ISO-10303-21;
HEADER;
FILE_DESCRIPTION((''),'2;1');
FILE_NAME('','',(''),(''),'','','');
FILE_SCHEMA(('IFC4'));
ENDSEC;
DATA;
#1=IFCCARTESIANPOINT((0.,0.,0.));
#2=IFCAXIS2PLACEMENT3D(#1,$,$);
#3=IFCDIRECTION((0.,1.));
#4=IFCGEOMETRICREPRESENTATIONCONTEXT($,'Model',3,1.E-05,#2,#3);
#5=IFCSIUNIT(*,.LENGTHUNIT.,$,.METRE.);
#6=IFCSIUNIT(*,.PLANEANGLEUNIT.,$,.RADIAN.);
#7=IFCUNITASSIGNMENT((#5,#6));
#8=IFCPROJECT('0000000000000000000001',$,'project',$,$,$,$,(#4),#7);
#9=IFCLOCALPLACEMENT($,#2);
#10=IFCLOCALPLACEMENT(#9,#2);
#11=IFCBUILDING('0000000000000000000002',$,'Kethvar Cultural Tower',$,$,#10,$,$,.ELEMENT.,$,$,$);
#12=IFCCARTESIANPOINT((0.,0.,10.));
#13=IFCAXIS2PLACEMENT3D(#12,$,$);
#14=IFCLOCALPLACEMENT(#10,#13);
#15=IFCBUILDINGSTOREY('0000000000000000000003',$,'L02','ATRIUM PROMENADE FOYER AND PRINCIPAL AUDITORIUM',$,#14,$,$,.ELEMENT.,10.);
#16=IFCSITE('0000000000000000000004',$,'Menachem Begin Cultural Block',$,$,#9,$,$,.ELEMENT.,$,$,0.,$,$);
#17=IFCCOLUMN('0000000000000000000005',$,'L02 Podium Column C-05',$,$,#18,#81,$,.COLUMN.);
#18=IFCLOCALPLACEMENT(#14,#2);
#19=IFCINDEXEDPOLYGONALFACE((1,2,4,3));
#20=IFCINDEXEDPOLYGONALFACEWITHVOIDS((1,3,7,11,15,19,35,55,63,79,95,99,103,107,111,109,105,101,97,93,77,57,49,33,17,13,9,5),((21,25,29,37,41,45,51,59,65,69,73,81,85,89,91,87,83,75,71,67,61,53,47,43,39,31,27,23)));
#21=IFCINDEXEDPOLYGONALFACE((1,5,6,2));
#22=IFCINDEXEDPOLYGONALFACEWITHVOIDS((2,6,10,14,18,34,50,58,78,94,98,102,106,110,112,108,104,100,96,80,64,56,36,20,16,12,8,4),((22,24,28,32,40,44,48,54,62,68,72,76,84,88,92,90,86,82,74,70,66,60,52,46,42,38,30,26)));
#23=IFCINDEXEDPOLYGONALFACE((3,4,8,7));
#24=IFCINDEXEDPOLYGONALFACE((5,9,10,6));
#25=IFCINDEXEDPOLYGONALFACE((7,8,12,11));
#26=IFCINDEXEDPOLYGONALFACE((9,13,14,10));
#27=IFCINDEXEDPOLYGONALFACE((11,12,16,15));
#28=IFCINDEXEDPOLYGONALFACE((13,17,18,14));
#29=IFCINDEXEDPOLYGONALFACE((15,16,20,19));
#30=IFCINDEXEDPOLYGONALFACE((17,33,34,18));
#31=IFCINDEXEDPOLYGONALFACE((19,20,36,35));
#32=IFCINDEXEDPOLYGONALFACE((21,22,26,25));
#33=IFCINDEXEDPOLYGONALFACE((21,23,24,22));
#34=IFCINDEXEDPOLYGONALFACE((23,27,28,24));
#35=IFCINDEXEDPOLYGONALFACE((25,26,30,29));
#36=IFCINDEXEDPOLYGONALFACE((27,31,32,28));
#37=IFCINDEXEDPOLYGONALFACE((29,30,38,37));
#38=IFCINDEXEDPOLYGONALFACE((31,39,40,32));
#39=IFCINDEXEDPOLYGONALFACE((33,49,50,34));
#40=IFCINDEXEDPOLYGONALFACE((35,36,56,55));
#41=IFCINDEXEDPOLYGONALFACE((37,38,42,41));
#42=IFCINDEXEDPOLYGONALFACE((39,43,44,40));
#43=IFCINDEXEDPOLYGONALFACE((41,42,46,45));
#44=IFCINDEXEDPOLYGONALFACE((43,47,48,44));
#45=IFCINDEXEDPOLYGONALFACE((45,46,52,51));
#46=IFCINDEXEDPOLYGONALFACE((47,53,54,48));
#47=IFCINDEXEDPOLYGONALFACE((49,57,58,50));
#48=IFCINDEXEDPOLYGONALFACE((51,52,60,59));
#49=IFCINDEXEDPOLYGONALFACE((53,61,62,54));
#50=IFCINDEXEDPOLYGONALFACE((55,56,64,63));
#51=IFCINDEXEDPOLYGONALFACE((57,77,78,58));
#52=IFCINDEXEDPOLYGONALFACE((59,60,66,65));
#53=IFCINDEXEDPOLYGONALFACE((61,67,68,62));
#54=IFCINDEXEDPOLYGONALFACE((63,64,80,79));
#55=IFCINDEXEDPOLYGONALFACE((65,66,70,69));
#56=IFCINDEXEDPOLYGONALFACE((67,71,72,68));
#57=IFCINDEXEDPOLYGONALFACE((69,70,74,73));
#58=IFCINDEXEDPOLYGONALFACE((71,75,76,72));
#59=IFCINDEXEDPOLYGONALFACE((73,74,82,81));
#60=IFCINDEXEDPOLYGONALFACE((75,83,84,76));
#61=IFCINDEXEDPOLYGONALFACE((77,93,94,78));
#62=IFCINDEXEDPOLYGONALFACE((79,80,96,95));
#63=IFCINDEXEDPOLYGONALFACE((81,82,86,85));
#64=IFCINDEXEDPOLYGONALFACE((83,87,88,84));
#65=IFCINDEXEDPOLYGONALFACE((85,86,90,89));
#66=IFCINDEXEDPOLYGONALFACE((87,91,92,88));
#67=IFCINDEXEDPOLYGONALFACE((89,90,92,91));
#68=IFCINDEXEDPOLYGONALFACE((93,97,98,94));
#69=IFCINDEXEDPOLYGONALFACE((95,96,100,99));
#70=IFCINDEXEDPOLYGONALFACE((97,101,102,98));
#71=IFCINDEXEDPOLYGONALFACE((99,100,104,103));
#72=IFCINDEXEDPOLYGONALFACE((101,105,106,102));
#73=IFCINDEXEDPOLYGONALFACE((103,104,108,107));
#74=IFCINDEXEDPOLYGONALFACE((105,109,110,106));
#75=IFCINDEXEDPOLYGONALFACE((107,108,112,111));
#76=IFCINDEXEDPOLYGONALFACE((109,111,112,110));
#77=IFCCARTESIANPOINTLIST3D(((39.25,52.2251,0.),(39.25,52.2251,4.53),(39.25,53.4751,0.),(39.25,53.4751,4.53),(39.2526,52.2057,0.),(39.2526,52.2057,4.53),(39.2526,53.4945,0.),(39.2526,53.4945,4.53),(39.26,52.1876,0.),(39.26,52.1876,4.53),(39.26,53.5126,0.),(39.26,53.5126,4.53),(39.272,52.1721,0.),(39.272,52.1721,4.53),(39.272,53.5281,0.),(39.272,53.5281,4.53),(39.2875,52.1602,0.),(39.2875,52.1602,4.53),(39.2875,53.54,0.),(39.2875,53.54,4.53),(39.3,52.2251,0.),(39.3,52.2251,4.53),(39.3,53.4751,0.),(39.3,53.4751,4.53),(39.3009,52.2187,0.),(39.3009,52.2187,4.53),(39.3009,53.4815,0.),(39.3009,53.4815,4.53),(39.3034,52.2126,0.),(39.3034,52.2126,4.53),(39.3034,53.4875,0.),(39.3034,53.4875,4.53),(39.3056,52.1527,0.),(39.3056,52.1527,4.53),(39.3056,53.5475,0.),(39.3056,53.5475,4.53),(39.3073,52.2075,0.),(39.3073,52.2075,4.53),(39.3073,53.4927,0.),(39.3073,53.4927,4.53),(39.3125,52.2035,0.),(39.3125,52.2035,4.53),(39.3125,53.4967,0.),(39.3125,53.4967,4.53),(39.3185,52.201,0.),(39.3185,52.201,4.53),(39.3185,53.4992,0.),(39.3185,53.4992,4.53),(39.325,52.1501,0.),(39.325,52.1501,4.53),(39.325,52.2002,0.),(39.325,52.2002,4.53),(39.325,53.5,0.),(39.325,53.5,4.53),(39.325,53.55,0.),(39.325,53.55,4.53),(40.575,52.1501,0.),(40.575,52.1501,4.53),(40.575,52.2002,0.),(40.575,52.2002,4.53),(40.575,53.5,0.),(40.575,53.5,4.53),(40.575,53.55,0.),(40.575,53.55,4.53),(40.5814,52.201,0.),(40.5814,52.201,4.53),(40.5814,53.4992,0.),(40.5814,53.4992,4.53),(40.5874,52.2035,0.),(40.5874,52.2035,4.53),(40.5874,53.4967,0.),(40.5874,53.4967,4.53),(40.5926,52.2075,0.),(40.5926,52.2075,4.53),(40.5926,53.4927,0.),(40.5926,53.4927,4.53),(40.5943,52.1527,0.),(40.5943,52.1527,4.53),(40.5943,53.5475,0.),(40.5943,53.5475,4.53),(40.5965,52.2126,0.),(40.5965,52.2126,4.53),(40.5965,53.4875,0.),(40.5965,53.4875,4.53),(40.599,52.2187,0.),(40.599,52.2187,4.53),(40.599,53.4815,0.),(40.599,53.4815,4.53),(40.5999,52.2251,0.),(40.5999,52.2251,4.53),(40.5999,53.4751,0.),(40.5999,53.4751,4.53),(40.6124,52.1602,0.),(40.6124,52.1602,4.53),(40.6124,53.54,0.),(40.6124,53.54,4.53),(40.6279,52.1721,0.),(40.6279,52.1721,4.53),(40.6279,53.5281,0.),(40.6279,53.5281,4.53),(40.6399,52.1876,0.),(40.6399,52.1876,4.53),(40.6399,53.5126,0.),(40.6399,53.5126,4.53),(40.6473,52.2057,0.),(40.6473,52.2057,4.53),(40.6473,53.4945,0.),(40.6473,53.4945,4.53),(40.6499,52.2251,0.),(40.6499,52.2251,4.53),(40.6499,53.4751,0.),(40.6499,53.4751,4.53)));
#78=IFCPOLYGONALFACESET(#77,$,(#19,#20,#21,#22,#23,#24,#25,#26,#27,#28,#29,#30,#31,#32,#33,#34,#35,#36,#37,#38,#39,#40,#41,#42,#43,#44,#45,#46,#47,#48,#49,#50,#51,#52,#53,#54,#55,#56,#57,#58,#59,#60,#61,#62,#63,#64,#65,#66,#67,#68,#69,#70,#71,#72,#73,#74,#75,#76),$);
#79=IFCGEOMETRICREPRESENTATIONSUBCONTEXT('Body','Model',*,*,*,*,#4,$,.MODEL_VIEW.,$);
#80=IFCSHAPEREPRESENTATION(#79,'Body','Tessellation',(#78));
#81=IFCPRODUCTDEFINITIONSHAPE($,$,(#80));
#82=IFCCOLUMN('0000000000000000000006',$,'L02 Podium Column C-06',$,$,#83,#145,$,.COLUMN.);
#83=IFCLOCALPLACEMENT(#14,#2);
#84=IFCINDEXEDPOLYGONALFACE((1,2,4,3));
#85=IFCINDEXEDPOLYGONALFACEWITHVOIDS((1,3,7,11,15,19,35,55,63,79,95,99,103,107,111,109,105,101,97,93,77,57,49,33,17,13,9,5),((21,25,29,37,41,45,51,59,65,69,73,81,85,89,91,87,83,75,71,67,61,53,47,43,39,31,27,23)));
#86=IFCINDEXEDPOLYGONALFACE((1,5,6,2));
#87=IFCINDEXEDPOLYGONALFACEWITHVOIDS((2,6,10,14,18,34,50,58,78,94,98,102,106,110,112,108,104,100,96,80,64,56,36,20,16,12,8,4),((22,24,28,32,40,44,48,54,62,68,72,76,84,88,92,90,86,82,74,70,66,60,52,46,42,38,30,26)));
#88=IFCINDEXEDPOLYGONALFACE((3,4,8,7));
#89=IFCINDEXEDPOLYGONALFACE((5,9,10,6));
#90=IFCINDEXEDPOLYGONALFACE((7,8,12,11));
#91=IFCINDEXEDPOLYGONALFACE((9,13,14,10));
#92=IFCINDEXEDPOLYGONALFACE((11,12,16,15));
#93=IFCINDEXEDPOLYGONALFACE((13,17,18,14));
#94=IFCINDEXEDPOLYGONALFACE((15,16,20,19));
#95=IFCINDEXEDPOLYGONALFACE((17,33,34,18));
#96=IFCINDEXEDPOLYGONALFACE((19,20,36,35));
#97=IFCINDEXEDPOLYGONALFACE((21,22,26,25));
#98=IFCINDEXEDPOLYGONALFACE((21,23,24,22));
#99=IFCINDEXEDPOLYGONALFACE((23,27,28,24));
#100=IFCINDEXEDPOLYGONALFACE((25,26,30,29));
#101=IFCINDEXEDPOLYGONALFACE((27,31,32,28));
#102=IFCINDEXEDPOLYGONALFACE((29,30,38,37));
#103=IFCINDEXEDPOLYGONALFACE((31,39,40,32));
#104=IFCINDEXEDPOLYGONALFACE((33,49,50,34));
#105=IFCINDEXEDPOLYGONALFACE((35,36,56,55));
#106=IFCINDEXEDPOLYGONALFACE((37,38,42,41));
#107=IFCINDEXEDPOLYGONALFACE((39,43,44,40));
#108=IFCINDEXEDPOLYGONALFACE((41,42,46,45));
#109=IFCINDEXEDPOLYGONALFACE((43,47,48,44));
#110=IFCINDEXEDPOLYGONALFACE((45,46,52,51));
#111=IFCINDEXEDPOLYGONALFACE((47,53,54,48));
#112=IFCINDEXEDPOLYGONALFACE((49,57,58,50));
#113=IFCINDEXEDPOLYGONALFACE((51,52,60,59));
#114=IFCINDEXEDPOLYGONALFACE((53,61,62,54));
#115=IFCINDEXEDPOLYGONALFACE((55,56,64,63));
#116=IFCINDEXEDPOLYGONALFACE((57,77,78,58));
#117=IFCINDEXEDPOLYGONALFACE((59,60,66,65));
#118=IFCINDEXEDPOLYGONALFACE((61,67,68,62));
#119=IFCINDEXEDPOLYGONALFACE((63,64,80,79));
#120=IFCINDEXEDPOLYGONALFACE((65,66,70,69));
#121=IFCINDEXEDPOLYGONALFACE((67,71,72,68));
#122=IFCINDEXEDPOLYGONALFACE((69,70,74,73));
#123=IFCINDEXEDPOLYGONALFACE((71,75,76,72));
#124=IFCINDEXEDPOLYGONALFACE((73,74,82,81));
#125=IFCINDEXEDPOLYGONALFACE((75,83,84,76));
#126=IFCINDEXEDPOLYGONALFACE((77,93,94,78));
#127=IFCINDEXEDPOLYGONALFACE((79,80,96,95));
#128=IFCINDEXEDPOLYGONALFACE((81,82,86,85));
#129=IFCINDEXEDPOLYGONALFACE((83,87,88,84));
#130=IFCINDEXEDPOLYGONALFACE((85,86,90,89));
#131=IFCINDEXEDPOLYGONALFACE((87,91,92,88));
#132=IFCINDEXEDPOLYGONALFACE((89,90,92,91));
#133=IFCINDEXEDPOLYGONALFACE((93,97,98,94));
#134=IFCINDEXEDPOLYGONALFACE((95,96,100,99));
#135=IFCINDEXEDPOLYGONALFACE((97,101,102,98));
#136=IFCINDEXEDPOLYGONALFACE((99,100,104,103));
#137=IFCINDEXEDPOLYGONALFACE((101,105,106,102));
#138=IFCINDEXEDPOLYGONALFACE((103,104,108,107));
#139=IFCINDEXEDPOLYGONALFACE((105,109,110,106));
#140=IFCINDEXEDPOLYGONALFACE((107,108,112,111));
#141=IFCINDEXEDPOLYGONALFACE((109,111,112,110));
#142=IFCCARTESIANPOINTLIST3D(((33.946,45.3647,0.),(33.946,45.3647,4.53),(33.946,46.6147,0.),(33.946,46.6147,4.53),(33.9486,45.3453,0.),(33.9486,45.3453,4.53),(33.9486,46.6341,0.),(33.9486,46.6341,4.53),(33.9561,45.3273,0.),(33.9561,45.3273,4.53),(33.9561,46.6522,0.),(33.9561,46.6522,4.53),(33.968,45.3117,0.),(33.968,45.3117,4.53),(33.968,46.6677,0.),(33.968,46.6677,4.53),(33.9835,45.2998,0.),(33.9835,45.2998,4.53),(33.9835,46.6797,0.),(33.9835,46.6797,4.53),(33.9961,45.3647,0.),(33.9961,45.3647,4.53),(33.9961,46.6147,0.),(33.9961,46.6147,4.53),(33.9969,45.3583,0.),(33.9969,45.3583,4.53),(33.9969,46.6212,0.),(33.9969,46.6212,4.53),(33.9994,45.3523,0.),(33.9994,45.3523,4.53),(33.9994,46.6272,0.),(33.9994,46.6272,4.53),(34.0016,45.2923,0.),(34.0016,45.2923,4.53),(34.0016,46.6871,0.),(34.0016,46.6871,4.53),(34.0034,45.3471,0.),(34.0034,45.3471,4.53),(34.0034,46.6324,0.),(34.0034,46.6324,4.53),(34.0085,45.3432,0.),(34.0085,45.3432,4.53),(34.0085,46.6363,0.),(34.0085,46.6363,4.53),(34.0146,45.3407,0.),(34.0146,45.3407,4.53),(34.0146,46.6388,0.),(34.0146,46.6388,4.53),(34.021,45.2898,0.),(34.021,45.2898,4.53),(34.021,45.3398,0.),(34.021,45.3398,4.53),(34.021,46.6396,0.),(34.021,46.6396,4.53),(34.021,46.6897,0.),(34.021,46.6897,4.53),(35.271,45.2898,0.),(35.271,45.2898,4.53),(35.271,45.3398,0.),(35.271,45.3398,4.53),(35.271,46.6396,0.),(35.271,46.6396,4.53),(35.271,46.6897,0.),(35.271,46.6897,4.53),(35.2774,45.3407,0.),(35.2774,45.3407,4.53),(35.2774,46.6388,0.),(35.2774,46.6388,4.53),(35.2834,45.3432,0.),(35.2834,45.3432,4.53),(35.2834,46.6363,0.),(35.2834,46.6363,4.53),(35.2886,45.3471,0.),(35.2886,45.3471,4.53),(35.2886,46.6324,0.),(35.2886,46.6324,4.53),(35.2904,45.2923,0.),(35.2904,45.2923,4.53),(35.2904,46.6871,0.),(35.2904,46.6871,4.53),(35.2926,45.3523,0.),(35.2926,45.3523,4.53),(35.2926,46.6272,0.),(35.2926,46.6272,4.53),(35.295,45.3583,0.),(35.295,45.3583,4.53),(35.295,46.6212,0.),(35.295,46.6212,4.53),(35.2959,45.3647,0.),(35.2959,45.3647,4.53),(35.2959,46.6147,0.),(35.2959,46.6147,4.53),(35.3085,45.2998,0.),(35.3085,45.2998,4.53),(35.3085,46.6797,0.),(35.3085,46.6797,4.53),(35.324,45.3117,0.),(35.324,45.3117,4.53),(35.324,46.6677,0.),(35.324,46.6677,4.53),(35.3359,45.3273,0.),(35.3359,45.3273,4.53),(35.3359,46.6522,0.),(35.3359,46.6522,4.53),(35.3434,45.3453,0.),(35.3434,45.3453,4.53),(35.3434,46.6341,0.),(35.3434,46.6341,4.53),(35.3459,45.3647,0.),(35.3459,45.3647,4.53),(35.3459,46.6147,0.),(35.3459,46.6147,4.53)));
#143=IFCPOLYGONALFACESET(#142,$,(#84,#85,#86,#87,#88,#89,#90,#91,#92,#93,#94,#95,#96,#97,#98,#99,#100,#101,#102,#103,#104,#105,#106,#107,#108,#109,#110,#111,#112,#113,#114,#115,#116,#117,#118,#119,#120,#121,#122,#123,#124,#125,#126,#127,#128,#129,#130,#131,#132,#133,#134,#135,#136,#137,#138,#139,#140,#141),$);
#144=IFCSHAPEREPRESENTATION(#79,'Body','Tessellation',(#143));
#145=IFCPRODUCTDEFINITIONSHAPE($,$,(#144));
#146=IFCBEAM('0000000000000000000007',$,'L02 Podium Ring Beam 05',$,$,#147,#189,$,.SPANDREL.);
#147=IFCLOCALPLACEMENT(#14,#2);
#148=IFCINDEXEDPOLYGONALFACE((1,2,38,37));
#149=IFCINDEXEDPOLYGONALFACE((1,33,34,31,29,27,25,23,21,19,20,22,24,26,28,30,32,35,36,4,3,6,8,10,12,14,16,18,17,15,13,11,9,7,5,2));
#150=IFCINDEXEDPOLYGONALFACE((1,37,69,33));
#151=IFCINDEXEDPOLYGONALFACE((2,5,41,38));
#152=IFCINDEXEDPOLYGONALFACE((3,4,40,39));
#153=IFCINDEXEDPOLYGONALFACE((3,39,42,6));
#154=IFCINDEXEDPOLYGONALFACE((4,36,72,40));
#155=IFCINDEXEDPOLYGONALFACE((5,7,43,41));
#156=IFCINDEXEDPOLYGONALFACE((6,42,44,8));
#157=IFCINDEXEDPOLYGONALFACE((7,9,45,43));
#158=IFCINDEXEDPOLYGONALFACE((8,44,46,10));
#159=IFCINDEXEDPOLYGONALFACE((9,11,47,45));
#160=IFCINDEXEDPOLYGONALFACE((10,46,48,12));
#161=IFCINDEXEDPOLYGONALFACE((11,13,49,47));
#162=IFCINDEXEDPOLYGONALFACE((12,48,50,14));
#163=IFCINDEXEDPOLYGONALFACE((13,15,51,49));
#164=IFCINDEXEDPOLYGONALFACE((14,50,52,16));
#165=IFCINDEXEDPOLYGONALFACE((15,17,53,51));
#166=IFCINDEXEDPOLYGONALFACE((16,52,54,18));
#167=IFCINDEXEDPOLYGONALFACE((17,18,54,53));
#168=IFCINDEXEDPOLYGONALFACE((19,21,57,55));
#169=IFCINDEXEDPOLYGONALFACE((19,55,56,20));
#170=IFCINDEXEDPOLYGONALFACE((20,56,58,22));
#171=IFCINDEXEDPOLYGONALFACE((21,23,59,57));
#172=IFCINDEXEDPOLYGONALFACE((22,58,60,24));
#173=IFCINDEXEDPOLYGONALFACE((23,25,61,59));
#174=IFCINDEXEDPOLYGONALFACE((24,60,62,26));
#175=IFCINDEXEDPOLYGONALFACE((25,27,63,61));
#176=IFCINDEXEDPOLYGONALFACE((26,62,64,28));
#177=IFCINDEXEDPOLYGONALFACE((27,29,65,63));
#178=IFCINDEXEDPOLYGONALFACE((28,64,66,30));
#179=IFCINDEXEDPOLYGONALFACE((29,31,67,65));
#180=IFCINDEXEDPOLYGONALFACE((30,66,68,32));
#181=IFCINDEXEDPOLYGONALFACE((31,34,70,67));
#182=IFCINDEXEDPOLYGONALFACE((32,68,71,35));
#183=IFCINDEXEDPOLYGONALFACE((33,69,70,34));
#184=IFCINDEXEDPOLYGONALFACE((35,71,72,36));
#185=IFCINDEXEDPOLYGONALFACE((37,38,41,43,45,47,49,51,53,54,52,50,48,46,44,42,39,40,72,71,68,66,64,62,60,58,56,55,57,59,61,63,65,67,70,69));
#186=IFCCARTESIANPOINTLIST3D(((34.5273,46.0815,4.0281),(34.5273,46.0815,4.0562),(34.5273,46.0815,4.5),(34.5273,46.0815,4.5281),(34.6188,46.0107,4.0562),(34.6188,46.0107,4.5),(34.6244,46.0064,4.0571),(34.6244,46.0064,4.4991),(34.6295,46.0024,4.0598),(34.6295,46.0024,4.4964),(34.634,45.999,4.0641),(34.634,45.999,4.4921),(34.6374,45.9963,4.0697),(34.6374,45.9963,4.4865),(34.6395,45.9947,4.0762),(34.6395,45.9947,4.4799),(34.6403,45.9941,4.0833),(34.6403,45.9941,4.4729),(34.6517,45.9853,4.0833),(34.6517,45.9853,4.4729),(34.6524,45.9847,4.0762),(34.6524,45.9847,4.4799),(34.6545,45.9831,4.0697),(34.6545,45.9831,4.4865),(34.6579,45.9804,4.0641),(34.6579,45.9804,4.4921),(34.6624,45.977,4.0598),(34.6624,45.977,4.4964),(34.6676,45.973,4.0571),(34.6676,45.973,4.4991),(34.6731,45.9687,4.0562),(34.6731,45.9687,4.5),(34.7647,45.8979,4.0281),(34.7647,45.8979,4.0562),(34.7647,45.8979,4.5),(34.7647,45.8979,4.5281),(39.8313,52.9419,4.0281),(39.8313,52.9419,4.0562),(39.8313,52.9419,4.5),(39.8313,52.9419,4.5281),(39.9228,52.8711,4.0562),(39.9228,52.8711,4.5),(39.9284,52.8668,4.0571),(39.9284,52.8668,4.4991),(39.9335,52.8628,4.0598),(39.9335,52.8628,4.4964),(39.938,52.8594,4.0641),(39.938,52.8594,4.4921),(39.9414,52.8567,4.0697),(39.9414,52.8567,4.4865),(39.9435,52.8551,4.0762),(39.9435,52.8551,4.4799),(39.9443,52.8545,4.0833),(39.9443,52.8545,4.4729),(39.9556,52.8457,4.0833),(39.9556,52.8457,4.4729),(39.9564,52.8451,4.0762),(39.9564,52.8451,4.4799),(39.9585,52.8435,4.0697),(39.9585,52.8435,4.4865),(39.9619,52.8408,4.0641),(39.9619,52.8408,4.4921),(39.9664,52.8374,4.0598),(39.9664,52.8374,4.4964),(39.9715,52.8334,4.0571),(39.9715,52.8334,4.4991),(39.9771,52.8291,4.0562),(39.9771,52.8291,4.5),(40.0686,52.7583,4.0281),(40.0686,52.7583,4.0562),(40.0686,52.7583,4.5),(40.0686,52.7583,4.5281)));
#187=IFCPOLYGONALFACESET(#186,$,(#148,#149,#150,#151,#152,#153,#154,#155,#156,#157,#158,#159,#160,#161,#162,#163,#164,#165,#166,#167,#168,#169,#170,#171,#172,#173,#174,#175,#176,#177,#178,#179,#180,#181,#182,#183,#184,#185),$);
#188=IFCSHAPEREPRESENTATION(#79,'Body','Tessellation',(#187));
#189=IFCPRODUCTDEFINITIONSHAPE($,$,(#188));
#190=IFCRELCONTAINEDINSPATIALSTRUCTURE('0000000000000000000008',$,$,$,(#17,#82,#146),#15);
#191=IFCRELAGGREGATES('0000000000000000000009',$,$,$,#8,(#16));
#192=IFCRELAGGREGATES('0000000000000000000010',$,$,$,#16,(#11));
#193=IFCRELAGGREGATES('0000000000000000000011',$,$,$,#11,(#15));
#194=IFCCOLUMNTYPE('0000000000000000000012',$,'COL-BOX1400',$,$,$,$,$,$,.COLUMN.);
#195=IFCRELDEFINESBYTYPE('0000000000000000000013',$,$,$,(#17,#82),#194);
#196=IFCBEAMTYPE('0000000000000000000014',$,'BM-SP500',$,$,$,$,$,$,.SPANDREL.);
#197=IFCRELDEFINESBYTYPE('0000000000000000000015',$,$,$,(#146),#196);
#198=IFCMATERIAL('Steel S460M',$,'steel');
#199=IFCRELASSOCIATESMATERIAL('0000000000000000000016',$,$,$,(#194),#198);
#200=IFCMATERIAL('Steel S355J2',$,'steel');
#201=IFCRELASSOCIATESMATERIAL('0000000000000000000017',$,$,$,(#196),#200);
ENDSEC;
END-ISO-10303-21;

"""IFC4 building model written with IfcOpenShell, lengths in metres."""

from ifc_helpers import new_model, si_unit, direction, frame, origin, origin_2d, place, context, subcontext, project, spatial, hollow_rectangle, i_section, extrude, source, transform, mapped, material, material_profile, profile_set, type_object, element, save


model = new_model("IFC4")

# Units and contexts
model_context = context("Model", 3, precision=1e-05, world=origin(), true_north=direction((0.0, 1.0)))
body_context = subcontext(model_context, "Body", "Model", "MODEL_VIEW")
ifc_project = project(units=[si_unit("LENGTHUNIT", "METRE"), si_unit("PLANEANGLEUNIT", "RADIAN")], contexts=[model_context])

# Site, building, storey
site_placement = place(None, origin())
site = spatial("IfcSite", under=ifc_project, at=site_placement, Name="Menachem Begin Cultural Block", CompositionType="ELEMENT", RefElevation=0.0)
building_placement = place(site_placement, origin())
building = spatial("IfcBuilding", under=site, at=building_placement, Name="Kethvar Cultural Tower", CompositionType="ELEMENT")
storey_placement = place(building_placement, frame((0.0, 0.0, 10.0)))
storey = spatial("IfcBuildingStorey", under=building, at=storey_placement, Name="L02", Description="ATRIUM PROMENADE FOYER AND PRINCIPAL AUDITORIUM", CompositionType="ELEMENT", Elevation=10.0)

# Columns
ifc_material_1 = material(Name="Steel S460M", Category="steel")
ifc_material_profile_1 = material_profile(ifc_material_1, hollow_rectangle(XDim=1.3999, YDim=1.3999, WallThickness=0.05, InnerFilletRadius=0.0249, OuterFilletRadius=0.075, at=origin_2d()), Name="Steel S460M — BOX1400x1400x50")
ifc_profile_set_1 = profile_set([ifc_material_profile_1], Name="Steel S460M — BOX1400x1400x50")
column_type = type_object("IfcColumnType", Name="COL-BOX1400", PredefinedType="COLUMN", material=ifc_profile_set_1)
shared_shape_1 = source(origin(), body_context, "Body", "SweptSolid", [
    extrude(hollow_rectangle(XDim=1.3999, YDim=1.3999, WallThickness=0.05, InnerFilletRadius=0.0249, OuterFilletRadius=0.075, at=origin_2d()), origin(), (0.0, 0.0, 1.0), 4.53),
])
for number, where, z_axis, x_axis, name in (
    (1, (39.95, 52.8501, 0.0), (0.0, 0.0, 1.0), (1.0, 0.0, 0.0), "L02 Podium Column C-05"),
    (2, (34.646, 45.9897, 0.0), (0.0, 0.0, 1.0), (1.0, 0.0, 0.0), "L02 Podium Column C-06"),
):
    element("IfcColumn", number, at=place(storey_placement, frame(where, z_axis=z_axis, x_axis=x_axis)), inside=storey, type_object=column_type, Name=name, PredefinedType="COLUMN", context=body_context, shape_type="MappedRepresentation", body=[
        mapped(shared_shape_1, transform((0.0, 0.0, 0.0), scale=1.0)),
    ])

# Beam
ifc_material_2 = material(Name="Steel S355J2", Category="steel")
ifc_material_profile_2 = material_profile(ifc_material_2, i_section(OverallWidth=0.3, OverallDepth=0.5, WebThickness=0.0144, FlangeThickness=0.0281, FilletRadius=0.0271, at=origin_2d()), Name="Steel S355J2 — HEB500")
ifc_profile_set_2 = profile_set([ifc_material_profile_2], Name="Steel S355J2 — HEB500")
beam_type = type_object("IfcBeamType", Name="BM-SP500", PredefinedType="SPANDREL", material=ifc_profile_set_2)
shared_shape_2 = source(origin(), body_context, "Body", "SweptSolid", [
    extrude(i_section(OverallWidth=0.3, OverallDepth=0.5, WebThickness=0.0144, FlangeThickness=0.0281, FilletRadius=0.0271, at=origin_2d()), origin(), (0.0, 0.0, 1.0), 8.6716),
])
beam_1_placement = place(storey_placement, frame((39.95, 52.8501, 4.2781), z_axis=(-0.611648, -0.79113, 0.0), x_axis=(0.79113, -0.611648, 0.0)))
element("IfcBeam", 3, at=beam_1_placement, inside=storey, type_object=beam_type, Name="L02 Podium Ring Beam 05", PredefinedType="SPANDREL", context=body_context, shape_type="MappedRepresentation", body=[
    mapped(shared_shape_2, transform((0.0, 0.0, 0.0), scale=1.0)),
])

save(model, "model.ifc")
